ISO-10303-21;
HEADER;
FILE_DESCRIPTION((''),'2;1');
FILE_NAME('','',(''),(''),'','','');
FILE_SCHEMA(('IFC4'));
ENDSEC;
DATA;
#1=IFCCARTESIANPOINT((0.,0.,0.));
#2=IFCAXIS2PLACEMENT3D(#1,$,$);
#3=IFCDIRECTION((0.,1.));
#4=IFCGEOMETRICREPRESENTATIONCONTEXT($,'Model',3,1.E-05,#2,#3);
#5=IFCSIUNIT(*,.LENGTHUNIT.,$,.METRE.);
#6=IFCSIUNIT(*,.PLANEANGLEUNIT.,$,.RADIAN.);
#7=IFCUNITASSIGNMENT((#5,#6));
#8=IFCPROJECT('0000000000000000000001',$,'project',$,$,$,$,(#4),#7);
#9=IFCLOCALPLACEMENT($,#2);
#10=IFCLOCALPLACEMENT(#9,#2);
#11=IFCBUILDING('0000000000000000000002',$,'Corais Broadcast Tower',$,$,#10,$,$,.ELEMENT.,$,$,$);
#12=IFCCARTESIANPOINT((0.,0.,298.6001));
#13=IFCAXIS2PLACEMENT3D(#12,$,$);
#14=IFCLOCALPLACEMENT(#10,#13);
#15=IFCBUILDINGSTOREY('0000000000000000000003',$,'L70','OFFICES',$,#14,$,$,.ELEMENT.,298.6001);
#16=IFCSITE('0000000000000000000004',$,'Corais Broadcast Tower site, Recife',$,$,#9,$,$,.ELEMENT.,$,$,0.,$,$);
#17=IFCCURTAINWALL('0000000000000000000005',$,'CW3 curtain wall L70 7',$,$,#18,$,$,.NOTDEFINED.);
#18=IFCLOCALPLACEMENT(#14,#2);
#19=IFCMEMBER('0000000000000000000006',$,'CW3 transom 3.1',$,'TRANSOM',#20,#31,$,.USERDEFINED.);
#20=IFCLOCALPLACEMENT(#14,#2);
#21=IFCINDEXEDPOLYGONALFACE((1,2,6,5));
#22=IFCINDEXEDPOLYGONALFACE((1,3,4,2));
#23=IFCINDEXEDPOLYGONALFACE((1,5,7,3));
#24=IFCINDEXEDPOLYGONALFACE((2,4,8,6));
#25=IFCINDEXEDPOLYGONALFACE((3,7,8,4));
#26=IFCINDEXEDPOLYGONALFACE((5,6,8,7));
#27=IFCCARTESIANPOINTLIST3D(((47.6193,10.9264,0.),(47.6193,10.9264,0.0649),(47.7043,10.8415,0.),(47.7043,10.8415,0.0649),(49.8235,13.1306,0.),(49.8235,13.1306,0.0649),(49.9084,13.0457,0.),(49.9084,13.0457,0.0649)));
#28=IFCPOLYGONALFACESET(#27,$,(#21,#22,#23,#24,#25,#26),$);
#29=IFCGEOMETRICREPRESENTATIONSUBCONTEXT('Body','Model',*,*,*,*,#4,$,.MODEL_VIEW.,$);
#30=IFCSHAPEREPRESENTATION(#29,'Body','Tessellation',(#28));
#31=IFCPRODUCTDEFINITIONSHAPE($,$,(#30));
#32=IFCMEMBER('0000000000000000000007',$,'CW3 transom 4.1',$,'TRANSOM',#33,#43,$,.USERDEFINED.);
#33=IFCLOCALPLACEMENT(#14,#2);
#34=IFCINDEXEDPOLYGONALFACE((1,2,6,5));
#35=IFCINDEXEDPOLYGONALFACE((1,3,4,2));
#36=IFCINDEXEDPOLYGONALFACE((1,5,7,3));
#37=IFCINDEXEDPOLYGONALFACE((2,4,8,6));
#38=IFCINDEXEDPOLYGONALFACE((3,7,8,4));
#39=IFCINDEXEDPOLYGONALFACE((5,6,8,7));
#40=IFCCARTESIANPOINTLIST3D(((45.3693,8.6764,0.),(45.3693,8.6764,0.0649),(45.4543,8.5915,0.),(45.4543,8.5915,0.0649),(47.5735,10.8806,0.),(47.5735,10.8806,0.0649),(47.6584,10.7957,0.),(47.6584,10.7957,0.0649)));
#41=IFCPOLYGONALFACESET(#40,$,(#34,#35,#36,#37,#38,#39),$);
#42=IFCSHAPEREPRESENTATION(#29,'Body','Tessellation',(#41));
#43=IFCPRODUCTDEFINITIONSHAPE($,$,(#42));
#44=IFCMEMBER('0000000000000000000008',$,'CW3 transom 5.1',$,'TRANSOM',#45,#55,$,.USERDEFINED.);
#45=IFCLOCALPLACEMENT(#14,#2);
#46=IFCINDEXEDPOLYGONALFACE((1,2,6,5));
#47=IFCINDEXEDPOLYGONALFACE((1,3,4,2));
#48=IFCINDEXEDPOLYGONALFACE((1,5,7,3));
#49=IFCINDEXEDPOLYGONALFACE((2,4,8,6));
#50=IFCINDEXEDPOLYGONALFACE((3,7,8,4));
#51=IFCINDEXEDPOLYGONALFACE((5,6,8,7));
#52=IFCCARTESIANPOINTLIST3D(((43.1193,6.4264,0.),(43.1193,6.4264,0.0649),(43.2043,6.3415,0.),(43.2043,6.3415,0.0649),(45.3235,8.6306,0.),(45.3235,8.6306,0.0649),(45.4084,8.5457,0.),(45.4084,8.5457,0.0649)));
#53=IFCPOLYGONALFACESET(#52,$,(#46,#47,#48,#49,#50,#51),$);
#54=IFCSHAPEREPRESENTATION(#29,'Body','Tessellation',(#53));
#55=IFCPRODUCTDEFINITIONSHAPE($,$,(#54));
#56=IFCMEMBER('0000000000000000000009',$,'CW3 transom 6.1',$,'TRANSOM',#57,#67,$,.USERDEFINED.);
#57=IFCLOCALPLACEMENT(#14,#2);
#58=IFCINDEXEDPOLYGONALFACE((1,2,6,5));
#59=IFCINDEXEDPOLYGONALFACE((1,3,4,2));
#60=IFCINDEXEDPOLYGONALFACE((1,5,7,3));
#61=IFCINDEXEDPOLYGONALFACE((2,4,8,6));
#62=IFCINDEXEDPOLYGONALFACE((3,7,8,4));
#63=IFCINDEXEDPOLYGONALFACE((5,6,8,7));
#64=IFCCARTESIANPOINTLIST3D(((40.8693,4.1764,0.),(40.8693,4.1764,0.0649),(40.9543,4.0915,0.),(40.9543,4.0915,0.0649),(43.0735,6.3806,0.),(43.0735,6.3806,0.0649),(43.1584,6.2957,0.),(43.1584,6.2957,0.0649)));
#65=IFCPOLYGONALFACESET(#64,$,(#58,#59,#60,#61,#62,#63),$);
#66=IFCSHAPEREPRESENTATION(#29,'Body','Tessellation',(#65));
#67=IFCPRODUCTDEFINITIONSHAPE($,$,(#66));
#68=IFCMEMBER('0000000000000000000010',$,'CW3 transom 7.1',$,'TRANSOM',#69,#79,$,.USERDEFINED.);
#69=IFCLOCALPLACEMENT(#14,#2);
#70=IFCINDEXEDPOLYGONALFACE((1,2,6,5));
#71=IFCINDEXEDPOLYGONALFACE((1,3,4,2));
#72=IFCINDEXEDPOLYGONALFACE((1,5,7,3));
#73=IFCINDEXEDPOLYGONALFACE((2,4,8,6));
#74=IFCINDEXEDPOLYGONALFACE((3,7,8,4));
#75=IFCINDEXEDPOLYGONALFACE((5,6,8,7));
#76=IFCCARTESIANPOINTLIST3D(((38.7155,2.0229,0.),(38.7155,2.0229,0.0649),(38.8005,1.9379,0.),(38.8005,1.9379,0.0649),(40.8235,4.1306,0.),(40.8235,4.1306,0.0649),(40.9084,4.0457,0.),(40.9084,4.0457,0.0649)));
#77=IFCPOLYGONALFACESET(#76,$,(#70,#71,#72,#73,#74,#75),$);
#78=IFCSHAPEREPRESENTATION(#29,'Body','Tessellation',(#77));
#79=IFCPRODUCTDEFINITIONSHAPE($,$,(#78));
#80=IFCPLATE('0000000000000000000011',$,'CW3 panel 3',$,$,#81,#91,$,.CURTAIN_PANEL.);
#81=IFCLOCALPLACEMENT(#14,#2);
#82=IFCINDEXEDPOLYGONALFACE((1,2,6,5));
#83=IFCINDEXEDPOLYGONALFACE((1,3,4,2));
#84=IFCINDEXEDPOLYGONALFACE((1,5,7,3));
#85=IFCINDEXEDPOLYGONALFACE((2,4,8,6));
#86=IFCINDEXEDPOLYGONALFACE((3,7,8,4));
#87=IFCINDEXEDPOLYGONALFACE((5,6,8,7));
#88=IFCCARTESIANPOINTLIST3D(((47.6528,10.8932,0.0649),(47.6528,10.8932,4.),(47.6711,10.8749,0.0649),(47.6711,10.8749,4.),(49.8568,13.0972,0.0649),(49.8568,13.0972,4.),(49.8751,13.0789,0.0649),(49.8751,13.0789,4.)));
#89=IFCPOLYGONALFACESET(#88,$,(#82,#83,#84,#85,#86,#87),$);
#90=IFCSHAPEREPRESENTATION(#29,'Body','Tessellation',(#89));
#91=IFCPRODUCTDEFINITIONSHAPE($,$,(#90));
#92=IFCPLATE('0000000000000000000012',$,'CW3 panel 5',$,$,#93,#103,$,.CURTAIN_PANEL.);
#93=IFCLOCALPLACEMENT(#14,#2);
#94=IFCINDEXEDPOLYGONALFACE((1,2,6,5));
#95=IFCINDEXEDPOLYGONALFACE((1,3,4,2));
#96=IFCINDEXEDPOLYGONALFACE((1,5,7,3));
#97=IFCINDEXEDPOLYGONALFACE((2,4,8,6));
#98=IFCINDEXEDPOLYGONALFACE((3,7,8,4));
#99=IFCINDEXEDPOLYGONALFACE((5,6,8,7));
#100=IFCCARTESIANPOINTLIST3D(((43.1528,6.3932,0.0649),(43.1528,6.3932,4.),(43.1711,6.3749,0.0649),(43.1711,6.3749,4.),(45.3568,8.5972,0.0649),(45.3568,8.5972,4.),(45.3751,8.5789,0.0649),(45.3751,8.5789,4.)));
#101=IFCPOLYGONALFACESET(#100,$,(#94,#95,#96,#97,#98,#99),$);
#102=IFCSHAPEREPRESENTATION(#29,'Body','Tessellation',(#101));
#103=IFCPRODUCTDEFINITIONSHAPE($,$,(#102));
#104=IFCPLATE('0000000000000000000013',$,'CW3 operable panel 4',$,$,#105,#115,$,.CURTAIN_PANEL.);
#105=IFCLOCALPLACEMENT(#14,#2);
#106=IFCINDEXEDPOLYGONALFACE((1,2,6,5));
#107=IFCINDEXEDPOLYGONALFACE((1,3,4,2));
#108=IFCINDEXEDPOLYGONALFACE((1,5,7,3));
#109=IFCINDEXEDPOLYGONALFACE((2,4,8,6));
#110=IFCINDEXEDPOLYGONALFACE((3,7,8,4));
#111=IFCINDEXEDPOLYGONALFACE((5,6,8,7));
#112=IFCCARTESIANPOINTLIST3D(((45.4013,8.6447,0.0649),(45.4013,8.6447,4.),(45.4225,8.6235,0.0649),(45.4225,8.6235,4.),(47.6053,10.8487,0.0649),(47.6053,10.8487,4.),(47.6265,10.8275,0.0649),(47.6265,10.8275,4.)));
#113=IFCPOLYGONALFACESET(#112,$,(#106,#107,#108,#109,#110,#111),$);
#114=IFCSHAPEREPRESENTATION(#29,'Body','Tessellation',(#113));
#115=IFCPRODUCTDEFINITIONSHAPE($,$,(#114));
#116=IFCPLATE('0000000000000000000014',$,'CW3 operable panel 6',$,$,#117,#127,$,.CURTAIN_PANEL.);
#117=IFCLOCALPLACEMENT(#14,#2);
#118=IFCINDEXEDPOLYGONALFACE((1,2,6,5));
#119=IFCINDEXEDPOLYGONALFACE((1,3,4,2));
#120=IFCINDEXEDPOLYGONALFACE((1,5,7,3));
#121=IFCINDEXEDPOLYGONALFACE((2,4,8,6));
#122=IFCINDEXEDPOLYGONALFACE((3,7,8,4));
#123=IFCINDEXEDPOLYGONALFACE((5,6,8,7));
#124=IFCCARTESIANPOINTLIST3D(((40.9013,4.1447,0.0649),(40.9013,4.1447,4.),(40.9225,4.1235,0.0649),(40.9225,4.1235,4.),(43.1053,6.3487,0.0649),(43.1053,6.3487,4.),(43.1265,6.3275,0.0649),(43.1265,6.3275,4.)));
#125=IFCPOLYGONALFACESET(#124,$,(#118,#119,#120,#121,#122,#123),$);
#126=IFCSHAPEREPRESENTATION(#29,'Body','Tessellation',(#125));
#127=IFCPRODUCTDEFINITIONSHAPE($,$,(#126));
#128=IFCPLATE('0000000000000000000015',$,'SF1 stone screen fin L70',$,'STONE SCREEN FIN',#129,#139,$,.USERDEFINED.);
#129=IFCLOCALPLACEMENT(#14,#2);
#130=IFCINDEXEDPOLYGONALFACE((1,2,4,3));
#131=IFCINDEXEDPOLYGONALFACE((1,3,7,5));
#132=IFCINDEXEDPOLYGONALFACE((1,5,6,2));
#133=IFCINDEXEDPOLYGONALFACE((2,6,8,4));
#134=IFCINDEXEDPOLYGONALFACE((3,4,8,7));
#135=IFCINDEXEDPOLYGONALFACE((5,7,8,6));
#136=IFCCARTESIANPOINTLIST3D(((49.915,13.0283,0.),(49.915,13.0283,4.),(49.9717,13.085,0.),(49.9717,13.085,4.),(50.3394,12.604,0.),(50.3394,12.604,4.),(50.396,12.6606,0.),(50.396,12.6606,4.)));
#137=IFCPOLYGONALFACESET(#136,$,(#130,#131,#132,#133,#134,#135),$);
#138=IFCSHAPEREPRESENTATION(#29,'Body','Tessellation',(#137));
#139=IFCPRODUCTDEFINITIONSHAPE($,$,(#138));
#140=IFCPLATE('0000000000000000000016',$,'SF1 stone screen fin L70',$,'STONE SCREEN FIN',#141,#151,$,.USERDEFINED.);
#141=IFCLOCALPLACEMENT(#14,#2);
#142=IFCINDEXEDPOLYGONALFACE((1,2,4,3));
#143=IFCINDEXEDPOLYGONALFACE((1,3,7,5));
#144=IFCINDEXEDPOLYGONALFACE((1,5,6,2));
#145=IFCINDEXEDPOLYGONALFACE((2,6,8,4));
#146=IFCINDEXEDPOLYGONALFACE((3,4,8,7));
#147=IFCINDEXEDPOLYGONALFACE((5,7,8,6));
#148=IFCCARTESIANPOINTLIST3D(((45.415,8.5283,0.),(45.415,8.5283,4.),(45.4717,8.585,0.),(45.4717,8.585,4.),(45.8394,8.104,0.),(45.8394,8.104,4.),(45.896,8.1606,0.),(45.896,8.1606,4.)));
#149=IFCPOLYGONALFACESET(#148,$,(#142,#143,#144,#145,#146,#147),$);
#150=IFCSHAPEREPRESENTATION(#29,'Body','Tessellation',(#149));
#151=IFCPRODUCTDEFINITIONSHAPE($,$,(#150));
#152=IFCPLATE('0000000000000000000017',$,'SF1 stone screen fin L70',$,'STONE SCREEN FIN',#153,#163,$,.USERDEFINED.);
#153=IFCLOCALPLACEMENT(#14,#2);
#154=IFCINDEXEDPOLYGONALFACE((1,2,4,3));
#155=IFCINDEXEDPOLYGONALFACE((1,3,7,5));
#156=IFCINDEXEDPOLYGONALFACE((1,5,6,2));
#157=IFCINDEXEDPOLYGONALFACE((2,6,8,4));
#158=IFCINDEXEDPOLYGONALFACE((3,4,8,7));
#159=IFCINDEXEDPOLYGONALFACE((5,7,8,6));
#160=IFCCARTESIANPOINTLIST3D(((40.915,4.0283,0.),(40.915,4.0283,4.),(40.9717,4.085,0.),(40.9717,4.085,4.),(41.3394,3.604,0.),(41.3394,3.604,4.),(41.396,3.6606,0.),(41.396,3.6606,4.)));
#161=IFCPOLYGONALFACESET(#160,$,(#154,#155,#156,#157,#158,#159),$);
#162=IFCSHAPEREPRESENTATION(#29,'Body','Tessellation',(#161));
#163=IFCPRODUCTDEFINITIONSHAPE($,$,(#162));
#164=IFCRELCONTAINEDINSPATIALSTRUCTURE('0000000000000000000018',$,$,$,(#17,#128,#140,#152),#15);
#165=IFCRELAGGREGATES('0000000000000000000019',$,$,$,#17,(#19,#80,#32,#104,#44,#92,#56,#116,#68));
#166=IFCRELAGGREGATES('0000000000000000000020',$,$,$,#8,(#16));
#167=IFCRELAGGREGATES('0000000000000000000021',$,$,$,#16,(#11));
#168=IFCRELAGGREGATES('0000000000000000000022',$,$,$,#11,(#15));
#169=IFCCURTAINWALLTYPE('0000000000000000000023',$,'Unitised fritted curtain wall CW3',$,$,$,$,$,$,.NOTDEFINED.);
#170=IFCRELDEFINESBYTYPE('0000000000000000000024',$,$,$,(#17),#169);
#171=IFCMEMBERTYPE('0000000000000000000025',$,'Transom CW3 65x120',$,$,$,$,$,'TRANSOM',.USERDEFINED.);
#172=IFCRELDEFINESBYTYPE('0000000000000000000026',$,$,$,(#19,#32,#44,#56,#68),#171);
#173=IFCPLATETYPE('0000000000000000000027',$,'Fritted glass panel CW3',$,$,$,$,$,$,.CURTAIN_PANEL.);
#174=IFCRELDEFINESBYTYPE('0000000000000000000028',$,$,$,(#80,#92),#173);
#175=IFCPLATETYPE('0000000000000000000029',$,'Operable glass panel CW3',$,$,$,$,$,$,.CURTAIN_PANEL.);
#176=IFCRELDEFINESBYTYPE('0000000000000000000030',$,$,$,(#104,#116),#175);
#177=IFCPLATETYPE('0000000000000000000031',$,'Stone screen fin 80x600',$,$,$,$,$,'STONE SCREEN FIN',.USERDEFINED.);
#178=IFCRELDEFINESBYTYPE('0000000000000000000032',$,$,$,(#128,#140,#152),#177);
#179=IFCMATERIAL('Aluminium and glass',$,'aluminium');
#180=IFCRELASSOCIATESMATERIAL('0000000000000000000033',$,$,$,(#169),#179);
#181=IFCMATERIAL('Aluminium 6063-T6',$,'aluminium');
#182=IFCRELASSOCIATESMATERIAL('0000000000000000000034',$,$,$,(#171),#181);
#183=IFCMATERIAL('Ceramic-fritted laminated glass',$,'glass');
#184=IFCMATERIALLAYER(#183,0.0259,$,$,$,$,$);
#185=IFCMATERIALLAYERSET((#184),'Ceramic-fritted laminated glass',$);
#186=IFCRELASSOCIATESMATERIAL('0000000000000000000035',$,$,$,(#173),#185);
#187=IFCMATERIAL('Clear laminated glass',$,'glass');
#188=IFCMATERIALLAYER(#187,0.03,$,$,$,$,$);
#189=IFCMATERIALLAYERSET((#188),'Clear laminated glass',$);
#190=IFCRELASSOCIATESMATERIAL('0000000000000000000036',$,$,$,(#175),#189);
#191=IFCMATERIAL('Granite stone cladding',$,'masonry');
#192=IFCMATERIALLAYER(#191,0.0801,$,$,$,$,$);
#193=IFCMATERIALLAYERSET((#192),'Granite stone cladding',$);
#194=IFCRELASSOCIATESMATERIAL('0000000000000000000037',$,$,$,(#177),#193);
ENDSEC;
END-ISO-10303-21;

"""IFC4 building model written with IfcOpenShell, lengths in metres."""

from ifc_helpers import new_model, si_unit, direction, frame, origin, origin_2d, place, context, subcontext, project, spatial, rectangle, extrude, material, layer, layer_set, material_profile, profile_set, type_object, element, aggregate, save


model = new_model("IFC4")

# Units and contexts
model_context = context("Model", 3, precision=1e-05, world=origin(), true_north=direction((0.0, 1.0)))
body_context = subcontext(model_context, "Body", "Model", "MODEL_VIEW")
ifc_project = project(units=[si_unit("LENGTHUNIT", "METRE"), si_unit("PLANEANGLEUNIT", "RADIAN")], contexts=[model_context])

# Site, building, storey
site_placement = place(None, origin())
site = spatial("IfcSite", under=ifc_project, at=site_placement, Name="Corais Broadcast Tower site, Recife", CompositionType="ELEMENT", RefElevation=0.0)
building_placement = place(site_placement, origin())
building = spatial("IfcBuilding", under=site, at=building_placement, Name="Corais Broadcast Tower", CompositionType="ELEMENT")
storey_placement = place(building_placement, frame((0.0, 0.0, 298.6001)))
storey = spatial("IfcBuildingStorey", under=building, at=storey_placement, Name="L70", Description="OFFICES", CompositionType="ELEMENT", Elevation=298.6001)

# Curtain wall
ifc_material_1 = material(Name="Aluminium and glass", Category="aluminium")
curtain_wall_type = type_object("IfcCurtainWallType", Name="Unitised fritted curtain wall CW3", PredefinedType="NOTDEFINED", material=ifc_material_1)
curtain_wall_placement = place(storey_placement, origin())
curtain_wall = element("IfcCurtainWall", 1, at=curtain_wall_placement, inside=storey, type_object=curtain_wall_type, Name="CW3 curtain wall L70 7", PredefinedType="NOTDEFINED")

# Members
ifc_material_2 = material(Name="Aluminium 6063-T6", Category="aluminium")
ifc_material_profile_1 = material_profile(ifc_material_2, rectangle(XDim=0.1201, YDim=0.0649, at=origin_2d()), Name="Transom CW3 65x120")
ifc_profile_set_1 = profile_set([ifc_material_profile_1], Name="Aluminium 6063-T6")
member_type_1 = type_object("IfcMemberType", Name="Transom CW3 65x120", ElementType="TRANSOM", PredefinedType="USERDEFINED", material=ifc_profile_set_1)
member_1_placement = place(storey_placement, frame((49.866, 13.0881, 0.0325), z_axis=(-0.707107, -0.707107, 0.0), x_axis=(0.707107, -0.707107, 0.0)))
member_1 = element("IfcMember", 2, at=member_1_placement, type_object=member_type_1, Name="CW3 transom 3.1", ObjectType="TRANSOM", PredefinedType="USERDEFINED", context=body_context, shape_type="SweptSolid", body=[
    extrude(rectangle(XDim=0.1201, YDim=0.0649, at=origin_2d()), origin(), (0.0, 0.0, 1.0), 3.1172),
])
member_2_placement = place(storey_placement, frame((47.616, 10.8381, 0.0325), z_axis=(-0.707107, -0.707107, 0.0), x_axis=(0.707107, -0.707107, 0.0)))
member_2 = element("IfcMember", 3, at=member_2_placement, type_object=member_type_1, Name="CW3 transom 4.1", ObjectType="TRANSOM", PredefinedType="USERDEFINED", context=body_context, shape_type="SweptSolid", body=[
    extrude(rectangle(XDim=0.1201, YDim=0.0649, at=origin_2d()), origin(), (0.0, 0.0, 1.0), 3.1172),
])
member_3_placement = place(storey_placement, frame((45.366, 8.5881, 0.0325), z_axis=(-0.707107, -0.707107, 0.0), x_axis=(0.707107, -0.707107, 0.0)))
member_3 = element("IfcMember", 4, at=member_3_placement, type_object=member_type_1, Name="CW3 transom 5.1", ObjectType="TRANSOM", PredefinedType="USERDEFINED", context=body_context, shape_type="SweptSolid", body=[
    extrude(rectangle(XDim=0.1201, YDim=0.0649, at=origin_2d()), origin(), (0.0, 0.0, 1.0), 3.1172),
])
member_4_placement = place(storey_placement, frame((43.116, 6.3381, 0.0325), z_axis=(-0.707107, -0.707107, 0.0), x_axis=(0.707107, -0.707107, 0.0)))
member_4 = element("IfcMember", 5, at=member_4_placement, type_object=member_type_1, Name="CW3 transom 6.1", ObjectType="TRANSOM", PredefinedType="USERDEFINED", context=body_context, shape_type="SweptSolid", body=[
    extrude(rectangle(XDim=0.1201, YDim=0.0649, at=origin_2d()), origin(), (0.0, 0.0, 1.0), 3.1172),
])
member_5_placement = place(storey_placement, frame((40.866, 4.0881, 0.0325), z_axis=(-0.707148, -0.707066, 0.0), x_axis=(0.707066, -0.707148, 0.0)))
member_5 = element("IfcMember", 6, at=member_5_placement, type_object=member_type_1, Name="CW3 transom 7.1", ObjectType="TRANSOM", PredefinedType="USERDEFINED", context=body_context, shape_type="SweptSolid", body=[
    extrude(rectangle(XDim=0.1201, YDim=0.0649, at=origin_2d()), origin(), (0.0, 0.0, 1.0), 2.981),
])

# Plates
ifc_material_3 = material(Name="Ceramic-fritted laminated glass", Category="glass")
ifc_layer_1 = layer(ifc_material_3, 0.0259)
ifc_layer_set_1 = layer_set([ifc_layer_1], Name="Ceramic-fritted laminated glass")
plate_type_1 = type_object("IfcPlateType", Name="Fritted glass panel CW3", PredefinedType="CURTAIN_PANEL", material=ifc_layer_set_1)
plate_1_placement = place(storey_placement, frame((48.7639, 11.9861, 0.0649), z_axis=(0.0, 0.0, 1.0), x_axis=(-0.707107, -0.707107, 0.0)))
plate_1 = element("IfcPlate", 7, at=plate_1_placement, type_object=plate_type_1, Name="CW3 panel 3", PredefinedType="CURTAIN_PANEL", context=body_context, shape_type="SweptSolid", body=[
    extrude(rectangle(XDim=3.1169, YDim=0.0259, at=origin_2d()), origin(), (0.0, 0.0, 1.0), 3.9351),
])
plate_2_placement = place(storey_placement, frame((44.2639, 7.4861, 0.0649), z_axis=(0.0, 0.0, 1.0), x_axis=(-0.707107, -0.707107, 0.0)))
plate_2 = element("IfcPlate", 8, at=plate_2_placement, type_object=plate_type_1, Name="CW3 panel 5", PredefinedType="CURTAIN_PANEL", context=body_context, shape_type="SweptSolid", body=[
    extrude(rectangle(XDim=3.1169, YDim=0.0259, at=origin_2d()), origin(), (0.0, 0.0, 1.0), 3.9351),
])
ifc_material_4 = material(Name="Clear laminated glass", Category="glass")
ifc_layer_2 = layer(ifc_material_4, 0.03)
ifc_layer_set_2 = layer_set([ifc_layer_2], Name="Clear laminated glass")
plate_type_2 = type_object("IfcPlateType", Name="Operable glass panel CW3", PredefinedType="CURTAIN_PANEL", material=ifc_layer_set_2)
plate_3_placement = place(storey_placement, frame((46.5139, 9.7361, 0.0649), z_axis=(0.0, 0.0, 1.0), x_axis=(-0.707107, -0.707107, 0.0)))
plate_3 = element("IfcPlate", 9, at=plate_3_placement, type_object=plate_type_2, Name="CW3 operable panel 4", PredefinedType="CURTAIN_PANEL", context=body_context, shape_type="SweptSolid", body=[
    extrude(rectangle(XDim=3.1169, YDim=0.03, at=origin_2d()), origin(), (0.0, 0.0, 1.0), 3.9351),
])
plate_4_placement = place(storey_placement, frame((42.0139, 5.2361, 0.0649), z_axis=(0.0, 0.0, 1.0), x_axis=(-0.707107, -0.707107, 0.0)))
plate_4 = element("IfcPlate", 10, at=plate_4_placement, type_object=plate_type_2, Name="CW3 operable panel 6", PredefinedType="CURTAIN_PANEL", context=body_context, shape_type="SweptSolid", body=[
    extrude(rectangle(XDim=3.1169, YDim=0.03, at=origin_2d()), origin(), (0.0, 0.0, 1.0), 3.9351),
])
aggregate(curtain_wall, [member_1, plate_1, member_2, plate_3, member_3, plate_2, member_4, plate_4, member_5])

# Plates
ifc_material_5 = material(Name="Granite stone cladding", Category="masonry")
ifc_layer_3 = layer(ifc_material_5, 0.0801)
ifc_layer_set_3 = layer_set([ifc_layer_3], Name="Granite stone cladding")
plate_type_3 = type_object("IfcPlateType", Name="Stone screen fin 80x600", ElementType="STONE SCREEN FIN", PredefinedType="USERDEFINED", material=ifc_layer_set_3)
for number, where, z_axis, x_axis, name in (
    (11, (50.1555, 12.8445, 0.0), (0.0, 0.0, 1.0), (-0.707107, -0.707107, 0.0), "SF1 stone screen fin L70"),
    (12, (45.6555, 8.3445, 0.0), (0.0, 0.0, 1.0), (-0.707107, -0.707107, 0.0), "SF1 stone screen fin L70"),
    (13, (41.1555, 3.8445, 0.0), (0.0, 0.0, 1.0), (-0.707107, -0.707107, 0.0), "SF1 stone screen fin L70"),
):
    element("IfcPlate", number, at=place(storey_placement, frame(where, z_axis=z_axis, x_axis=x_axis)), inside=storey, type_object=plate_type_3, Name=name, ObjectType="STONE SCREEN FIN", PredefinedType="USERDEFINED", context=body_context, shape_type="SweptSolid", body=[
        extrude(rectangle(XDim=0.0801, YDim=0.6001, at=origin_2d()), origin(), (0.0, 0.0, 1.0), 4.0),
    ])

save(model, "model.ifc")
